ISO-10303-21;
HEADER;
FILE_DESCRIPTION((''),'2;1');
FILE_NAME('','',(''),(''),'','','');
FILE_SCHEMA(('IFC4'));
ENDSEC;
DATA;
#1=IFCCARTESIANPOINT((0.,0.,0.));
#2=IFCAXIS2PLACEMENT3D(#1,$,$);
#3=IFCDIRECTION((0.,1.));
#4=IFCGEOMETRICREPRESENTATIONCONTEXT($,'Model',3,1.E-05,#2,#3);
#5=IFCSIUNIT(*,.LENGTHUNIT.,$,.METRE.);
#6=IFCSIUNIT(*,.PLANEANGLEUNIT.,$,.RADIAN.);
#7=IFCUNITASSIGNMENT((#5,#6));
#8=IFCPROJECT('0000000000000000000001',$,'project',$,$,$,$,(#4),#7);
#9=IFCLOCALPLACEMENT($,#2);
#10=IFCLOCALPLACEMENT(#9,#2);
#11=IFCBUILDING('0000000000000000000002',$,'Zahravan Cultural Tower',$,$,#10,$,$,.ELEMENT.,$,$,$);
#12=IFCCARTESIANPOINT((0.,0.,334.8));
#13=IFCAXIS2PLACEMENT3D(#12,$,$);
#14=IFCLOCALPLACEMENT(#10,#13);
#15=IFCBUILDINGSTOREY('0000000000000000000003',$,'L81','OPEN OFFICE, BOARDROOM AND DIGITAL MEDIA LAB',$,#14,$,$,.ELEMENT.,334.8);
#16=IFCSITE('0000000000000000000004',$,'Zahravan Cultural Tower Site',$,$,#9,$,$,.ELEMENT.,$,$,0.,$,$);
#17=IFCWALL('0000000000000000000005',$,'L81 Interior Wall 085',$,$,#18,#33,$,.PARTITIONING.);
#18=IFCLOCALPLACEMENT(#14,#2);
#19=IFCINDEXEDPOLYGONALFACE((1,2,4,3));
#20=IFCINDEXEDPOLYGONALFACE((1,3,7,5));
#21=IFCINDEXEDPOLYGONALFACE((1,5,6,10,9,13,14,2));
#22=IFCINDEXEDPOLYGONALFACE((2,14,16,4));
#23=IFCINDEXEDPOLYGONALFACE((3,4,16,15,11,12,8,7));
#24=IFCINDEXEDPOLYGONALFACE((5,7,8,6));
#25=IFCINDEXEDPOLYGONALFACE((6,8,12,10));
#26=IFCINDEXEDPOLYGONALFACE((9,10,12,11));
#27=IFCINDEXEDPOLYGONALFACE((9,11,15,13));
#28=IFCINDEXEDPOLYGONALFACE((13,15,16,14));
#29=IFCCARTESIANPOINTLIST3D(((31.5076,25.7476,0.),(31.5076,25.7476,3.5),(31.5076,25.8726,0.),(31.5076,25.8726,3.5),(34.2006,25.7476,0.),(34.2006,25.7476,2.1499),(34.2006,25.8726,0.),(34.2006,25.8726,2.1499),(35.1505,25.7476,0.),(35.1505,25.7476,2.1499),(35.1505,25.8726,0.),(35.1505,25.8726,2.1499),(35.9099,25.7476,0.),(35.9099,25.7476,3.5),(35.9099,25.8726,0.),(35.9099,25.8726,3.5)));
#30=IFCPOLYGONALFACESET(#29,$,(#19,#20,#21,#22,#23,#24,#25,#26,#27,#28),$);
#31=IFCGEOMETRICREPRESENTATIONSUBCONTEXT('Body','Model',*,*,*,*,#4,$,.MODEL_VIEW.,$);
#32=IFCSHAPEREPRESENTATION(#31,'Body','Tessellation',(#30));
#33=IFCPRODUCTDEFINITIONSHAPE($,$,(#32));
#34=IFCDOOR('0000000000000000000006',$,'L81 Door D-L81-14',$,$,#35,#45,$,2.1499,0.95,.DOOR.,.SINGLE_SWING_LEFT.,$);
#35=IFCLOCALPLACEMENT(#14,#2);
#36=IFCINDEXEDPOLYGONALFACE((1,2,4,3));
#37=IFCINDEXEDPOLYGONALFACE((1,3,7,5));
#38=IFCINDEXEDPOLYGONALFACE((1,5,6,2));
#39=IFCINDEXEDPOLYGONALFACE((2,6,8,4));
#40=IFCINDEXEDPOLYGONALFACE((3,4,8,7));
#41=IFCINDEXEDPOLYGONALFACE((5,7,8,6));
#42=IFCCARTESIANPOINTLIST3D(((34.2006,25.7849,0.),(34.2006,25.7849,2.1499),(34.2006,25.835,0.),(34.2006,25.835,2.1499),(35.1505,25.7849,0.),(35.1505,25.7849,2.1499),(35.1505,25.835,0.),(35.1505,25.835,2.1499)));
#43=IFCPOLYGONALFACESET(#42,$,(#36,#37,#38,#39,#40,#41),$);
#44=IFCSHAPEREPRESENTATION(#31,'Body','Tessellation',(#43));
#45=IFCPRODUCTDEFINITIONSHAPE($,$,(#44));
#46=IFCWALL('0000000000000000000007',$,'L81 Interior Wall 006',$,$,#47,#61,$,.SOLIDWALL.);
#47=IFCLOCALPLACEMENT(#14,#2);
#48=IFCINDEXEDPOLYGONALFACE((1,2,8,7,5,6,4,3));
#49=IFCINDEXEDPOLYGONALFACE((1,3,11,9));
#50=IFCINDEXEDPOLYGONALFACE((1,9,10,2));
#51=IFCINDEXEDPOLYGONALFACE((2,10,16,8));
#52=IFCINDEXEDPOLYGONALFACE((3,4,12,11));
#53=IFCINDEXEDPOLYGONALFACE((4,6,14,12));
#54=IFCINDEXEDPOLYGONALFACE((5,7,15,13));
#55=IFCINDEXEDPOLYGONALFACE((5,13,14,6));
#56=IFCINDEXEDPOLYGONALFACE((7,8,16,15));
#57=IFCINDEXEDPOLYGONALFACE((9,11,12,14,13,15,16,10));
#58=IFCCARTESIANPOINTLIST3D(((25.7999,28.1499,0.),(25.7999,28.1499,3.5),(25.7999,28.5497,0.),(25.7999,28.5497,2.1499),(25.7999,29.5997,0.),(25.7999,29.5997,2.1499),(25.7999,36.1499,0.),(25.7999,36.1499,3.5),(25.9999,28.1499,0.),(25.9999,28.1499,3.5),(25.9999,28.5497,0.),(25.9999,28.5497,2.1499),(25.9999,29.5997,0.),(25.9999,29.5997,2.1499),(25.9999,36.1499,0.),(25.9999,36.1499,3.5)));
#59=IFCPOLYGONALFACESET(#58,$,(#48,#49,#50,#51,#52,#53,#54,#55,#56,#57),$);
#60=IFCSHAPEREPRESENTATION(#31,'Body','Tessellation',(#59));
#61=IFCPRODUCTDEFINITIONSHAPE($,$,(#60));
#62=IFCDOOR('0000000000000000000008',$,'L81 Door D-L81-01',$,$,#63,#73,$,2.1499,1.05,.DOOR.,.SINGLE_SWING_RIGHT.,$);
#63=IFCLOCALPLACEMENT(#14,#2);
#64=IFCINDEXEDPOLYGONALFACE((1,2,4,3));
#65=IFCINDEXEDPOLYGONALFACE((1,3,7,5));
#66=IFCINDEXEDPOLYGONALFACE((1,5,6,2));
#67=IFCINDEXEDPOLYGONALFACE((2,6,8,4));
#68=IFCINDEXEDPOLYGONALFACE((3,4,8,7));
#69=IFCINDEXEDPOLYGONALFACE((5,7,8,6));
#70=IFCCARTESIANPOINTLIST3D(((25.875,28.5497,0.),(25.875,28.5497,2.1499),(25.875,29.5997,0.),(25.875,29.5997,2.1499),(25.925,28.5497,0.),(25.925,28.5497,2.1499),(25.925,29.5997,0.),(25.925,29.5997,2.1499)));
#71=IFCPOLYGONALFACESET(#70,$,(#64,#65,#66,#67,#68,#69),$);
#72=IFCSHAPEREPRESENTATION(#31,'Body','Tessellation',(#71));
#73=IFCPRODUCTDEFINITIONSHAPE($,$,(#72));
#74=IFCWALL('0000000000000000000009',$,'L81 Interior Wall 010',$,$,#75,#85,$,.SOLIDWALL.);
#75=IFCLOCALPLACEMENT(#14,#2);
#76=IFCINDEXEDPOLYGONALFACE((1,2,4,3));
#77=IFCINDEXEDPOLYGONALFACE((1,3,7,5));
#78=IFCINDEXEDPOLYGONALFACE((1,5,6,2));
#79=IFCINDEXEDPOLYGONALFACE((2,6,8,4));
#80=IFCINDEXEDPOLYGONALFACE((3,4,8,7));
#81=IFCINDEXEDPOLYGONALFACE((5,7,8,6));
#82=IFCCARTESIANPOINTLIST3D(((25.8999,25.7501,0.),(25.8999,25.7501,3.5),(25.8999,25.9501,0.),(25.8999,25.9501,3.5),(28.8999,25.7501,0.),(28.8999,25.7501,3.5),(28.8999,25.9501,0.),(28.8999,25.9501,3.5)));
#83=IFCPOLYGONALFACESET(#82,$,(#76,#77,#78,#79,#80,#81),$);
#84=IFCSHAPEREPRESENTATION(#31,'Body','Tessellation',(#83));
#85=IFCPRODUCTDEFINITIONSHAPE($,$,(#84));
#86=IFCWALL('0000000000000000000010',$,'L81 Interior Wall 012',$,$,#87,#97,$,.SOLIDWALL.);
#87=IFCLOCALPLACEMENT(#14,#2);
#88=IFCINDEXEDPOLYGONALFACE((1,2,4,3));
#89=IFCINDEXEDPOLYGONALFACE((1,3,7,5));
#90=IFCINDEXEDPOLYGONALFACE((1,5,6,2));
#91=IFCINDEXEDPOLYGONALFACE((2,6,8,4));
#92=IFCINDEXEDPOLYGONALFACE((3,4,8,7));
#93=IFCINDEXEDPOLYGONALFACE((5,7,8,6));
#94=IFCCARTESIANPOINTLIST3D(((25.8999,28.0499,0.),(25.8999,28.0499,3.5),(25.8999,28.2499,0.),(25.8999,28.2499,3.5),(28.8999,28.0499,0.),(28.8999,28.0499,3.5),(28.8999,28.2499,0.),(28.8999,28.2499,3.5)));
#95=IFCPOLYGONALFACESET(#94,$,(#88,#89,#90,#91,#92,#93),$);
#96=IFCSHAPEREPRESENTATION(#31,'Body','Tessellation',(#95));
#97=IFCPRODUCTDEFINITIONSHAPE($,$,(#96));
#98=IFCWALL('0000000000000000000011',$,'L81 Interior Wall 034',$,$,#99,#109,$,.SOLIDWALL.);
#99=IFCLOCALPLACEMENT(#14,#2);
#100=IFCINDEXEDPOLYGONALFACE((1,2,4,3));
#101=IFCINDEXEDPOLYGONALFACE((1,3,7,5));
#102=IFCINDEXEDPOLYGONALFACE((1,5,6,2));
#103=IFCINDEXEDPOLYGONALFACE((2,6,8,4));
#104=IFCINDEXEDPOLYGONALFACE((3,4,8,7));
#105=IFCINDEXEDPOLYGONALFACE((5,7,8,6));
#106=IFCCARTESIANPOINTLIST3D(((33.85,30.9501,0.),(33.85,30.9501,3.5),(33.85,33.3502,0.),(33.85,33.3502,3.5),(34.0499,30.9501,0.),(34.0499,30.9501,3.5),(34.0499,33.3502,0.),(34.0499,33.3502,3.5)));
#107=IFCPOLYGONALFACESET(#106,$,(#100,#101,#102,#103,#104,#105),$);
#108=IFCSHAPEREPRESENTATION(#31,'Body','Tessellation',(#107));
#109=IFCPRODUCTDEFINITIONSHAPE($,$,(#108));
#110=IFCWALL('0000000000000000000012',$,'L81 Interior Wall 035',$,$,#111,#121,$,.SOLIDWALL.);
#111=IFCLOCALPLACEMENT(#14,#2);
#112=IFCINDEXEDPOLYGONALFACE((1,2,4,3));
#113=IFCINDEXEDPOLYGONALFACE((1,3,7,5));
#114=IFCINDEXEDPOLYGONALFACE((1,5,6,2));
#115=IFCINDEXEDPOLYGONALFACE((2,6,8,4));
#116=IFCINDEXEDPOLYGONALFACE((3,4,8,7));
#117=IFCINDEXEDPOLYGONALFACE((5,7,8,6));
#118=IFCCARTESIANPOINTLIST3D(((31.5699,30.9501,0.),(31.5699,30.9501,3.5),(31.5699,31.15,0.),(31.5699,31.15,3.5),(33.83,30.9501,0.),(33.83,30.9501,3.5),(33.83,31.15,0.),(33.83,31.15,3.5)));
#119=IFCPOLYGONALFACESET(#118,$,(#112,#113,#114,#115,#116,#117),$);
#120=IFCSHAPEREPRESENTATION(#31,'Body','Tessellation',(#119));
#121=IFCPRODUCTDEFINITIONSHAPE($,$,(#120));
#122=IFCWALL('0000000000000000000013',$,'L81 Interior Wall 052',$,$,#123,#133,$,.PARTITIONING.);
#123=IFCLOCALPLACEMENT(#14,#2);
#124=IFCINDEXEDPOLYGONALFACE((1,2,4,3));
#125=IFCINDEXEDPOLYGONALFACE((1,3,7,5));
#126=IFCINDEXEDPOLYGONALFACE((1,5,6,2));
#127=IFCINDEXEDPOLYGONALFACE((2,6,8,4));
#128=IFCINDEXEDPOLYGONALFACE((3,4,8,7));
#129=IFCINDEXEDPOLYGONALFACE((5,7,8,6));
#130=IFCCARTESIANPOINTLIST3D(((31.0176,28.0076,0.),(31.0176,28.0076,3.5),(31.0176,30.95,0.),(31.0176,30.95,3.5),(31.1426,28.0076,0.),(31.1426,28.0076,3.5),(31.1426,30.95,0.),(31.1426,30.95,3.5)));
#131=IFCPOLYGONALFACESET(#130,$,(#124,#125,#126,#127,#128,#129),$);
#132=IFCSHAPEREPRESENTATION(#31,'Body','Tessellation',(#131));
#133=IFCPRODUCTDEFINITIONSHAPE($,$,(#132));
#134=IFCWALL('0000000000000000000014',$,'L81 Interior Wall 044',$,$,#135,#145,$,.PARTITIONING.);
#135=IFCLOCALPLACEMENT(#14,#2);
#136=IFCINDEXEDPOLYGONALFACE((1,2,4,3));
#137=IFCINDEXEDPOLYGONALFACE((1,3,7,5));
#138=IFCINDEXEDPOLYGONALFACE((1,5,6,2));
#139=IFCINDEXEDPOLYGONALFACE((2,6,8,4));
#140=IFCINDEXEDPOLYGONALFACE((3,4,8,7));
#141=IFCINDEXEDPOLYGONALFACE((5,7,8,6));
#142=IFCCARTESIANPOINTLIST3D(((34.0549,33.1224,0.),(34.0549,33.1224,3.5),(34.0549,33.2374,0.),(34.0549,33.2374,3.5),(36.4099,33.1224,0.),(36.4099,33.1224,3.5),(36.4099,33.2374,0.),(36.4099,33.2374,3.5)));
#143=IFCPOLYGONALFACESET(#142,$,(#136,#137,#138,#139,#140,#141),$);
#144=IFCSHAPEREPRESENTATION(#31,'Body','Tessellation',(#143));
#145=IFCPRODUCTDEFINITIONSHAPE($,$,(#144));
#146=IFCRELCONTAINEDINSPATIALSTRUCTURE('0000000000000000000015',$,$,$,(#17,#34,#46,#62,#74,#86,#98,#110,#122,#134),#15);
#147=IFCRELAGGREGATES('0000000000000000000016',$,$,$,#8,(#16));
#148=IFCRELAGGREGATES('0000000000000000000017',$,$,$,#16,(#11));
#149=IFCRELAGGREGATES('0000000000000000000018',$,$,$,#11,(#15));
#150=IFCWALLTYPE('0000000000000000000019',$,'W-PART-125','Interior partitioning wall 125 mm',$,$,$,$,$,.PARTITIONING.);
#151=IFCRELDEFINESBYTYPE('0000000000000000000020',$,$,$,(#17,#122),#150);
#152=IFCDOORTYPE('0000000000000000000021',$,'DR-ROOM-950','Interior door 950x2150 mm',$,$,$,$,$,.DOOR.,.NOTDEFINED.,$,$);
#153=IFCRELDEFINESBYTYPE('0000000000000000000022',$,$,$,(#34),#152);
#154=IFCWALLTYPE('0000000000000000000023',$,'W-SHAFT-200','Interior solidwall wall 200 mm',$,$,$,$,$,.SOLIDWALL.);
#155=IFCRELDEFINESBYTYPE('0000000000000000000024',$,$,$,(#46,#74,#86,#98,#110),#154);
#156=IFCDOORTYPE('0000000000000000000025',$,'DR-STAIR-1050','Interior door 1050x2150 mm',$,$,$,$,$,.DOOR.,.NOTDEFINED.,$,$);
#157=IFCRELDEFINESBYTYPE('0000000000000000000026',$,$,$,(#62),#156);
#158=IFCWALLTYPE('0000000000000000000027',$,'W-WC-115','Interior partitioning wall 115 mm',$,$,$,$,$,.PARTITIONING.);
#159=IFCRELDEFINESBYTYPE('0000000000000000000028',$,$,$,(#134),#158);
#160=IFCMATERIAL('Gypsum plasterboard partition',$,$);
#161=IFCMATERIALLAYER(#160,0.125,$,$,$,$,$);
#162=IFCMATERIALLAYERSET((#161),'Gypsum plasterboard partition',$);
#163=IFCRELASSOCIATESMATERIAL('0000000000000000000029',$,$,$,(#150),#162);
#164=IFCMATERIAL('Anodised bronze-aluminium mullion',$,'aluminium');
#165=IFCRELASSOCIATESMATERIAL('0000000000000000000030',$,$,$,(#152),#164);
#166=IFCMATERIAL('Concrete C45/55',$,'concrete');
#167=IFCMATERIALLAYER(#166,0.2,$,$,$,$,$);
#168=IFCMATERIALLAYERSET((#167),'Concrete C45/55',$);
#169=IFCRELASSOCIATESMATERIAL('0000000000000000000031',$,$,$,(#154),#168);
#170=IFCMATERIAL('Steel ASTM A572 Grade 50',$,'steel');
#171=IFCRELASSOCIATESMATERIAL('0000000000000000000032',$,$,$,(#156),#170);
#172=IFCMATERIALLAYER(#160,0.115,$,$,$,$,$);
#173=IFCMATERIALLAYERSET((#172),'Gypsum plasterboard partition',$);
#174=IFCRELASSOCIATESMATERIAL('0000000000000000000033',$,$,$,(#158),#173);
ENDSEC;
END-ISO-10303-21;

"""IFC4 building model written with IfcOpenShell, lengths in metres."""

from ifc_helpers import new_model, si_unit, direction, frame, frame_2d, origin, place, context, subcontext, project, spatial, rectangle, extrude, source, transform, mapped, material, layer, layer_set, type_object, element, fill, save


model = new_model("IFC4")

# Units and contexts
model_context = context("Model", 3, precision=1e-05, world=origin(), true_north=direction((0.0, 1.0)))
body_context = subcontext(model_context, "Body", "Model", "MODEL_VIEW")
ifc_project = project(units=[si_unit("LENGTHUNIT", "METRE"), si_unit("PLANEANGLEUNIT", "RADIAN")], contexts=[model_context])

# Site, building, storey
site_placement = place(None, origin())
site = spatial("IfcSite", under=ifc_project, at=site_placement, Name="Zahravan Cultural Tower Site", CompositionType="ELEMENT", RefElevation=0.0)
building_placement = place(site_placement, origin())
building = spatial("IfcBuilding", under=site, at=building_placement, Name="Zahravan Cultural Tower", CompositionType="ELEMENT")
storey_placement = place(building_placement, frame((0.0, 0.0, 334.8)))
storey = spatial("IfcBuildingStorey", under=building, at=storey_placement, Name="L81", Description="OPEN OFFICE, BOARDROOM AND DIGITAL MEDIA LAB", CompositionType="ELEMENT", Elevation=334.8)

# Walls, openings, doors
ifc_material_1 = material(Name="Steel ASTM A572 Grade 50", Category="steel")
ifc_material_2 = material(Name="Gypsum plasterboard partition")
ifc_layer_1 = layer(ifc_material_2, 0.125)
ifc_layer_set_1 = layer_set([ifc_layer_1], Name="Gypsum plasterboard partition")
wall_type_1 = type_object("IfcWallType", Name="W-PART-125", Description="Interior partitioning wall 125 mm", PredefinedType="PARTITIONING", material=ifc_layer_set_1)
ifc_material_3 = material(Name="Anodised bronze-aluminium mullion", Category="aluminium")
door_type_1 = type_object("IfcDoorType", Name="DR-ROOM-950", Description="Interior door 950x2150 mm", OperationType="NOTDEFINED", PredefinedType="DOOR", material=ifc_material_3)
shared_shape_1 = source(origin(), body_context, "Body", "SweptSolid", [
    extrude(rectangle(XDim=0.95, YDim=2.1499, at=frame_2d((0.4751, 1.075))), frame((0.0, 0.0249, 0.0), z_axis=(0.0, -1.0, 0.0), x_axis=(1.0, 0.0, 0.0)), (0.0, 0.0, 1.0), 0.05),
])
wall_1_placement = place(storey_placement, frame((31.5076, 25.8101, 0.0), z_axis=(0.0, 0.0, 1.0), x_axis=(1.0, 0.0, 0.0)))
wall_1 = element("IfcWall", 1, at=wall_1_placement, inside=storey, type_object=wall_type_1, Name="L81 Interior Wall 085", PredefinedType="PARTITIONING", context=body_context, shape_type="SweptSolid", body=[
    extrude(rectangle(XDim=4.4023, YDim=0.125, at=frame_2d((2.2012, 0.0))), origin(), (0.0, 0.0, 1.0), 3.5),
])
opening_1_placement = place(wall_1_placement, frame((2.6929, 0.0, 0.0)))
opening_1 = element("IfcOpeningElement", 2, at=opening_1_placement, cuts=wall_1, PredefinedType="OPENING", context=body_context, shape_type="SweptSolid", body=[
    extrude(rectangle(XDim=0.95, YDim=2.1499, at=frame_2d((0.4751, 1.075))), frame((0.0, 0.0725, 0.0), z_axis=(0.0, -1.0, 0.0), x_axis=(1.0, 0.0, 0.0)), (0.0, 0.0, 1.0), 0.145),
])
door_1_placement = place(opening_1_placement, origin())
door_1 = element("IfcDoor", 3, at=door_1_placement, inside=storey, type_object=door_type_1, Name="L81 Door D-L81-14", OperationType="SINGLE_SWING_LEFT", OverallHeight=2.1499, OverallWidth=0.95, PredefinedType="DOOR", context=body_context, shape_type="MappedRepresentation", body=[
    mapped(shared_shape_1, transform((0.0, 0.0, 0.0), x_axis=(1.0, 0.0, 0.0), y_axis=(0.0, 1.0, 0.0), z_axis=(0.0, 0.0, 1.0), scale=1.0)),
])
fill(opening_1, door_1)
ifc_material_4 = material(Name="Concrete C45/55", Category="concrete")
ifc_layer_2 = layer(ifc_material_4, 0.2)
ifc_layer_set_2 = layer_set([ifc_layer_2], Name="Concrete C45/55")
wall_type_2 = type_object("IfcWallType", Name="W-SHAFT-200", Description="Interior solidwall wall 200 mm", PredefinedType="SOLIDWALL", material=ifc_layer_set_2)
wall_2_placement = place(storey_placement, frame((25.8999, 28.1499, 0.0), z_axis=(0.0, 0.0, 1.0), x_axis=(0.0, 1.0, 0.0)))
wall_2 = element("IfcWall", 4, at=wall_2_placement, inside=storey, type_object=wall_type_2, Name="L81 Interior Wall 006", PredefinedType="SOLIDWALL", context=body_context, shape_type="SweptSolid", body=[
    extrude(rectangle(XDim=8.0, YDim=0.2, at=frame_2d((4.0, 0.0))), origin(), (0.0, 0.0, 1.0), 3.5),
])
opening_2_placement = place(wall_2_placement, frame((0.3999, 0.0, 0.0)))
opening_2 = element("IfcOpeningElement", 5, at=opening_2_placement, cuts=wall_2, PredefinedType="OPENING", context=body_context, shape_type="SweptSolid", body=[
    extrude(rectangle(XDim=1.05, YDim=2.1499, at=frame_2d((0.5249, 1.075))), frame((0.0, 0.1099, 0.0), z_axis=(0.0, -1.0, 0.0), x_axis=(1.0, 0.0, 0.0)), (0.0, 0.0, 1.0), 0.22),
])
door_type_2 = type_object("IfcDoorType", Name="DR-STAIR-1050", Description="Interior door 1050x2150 mm", OperationType="NOTDEFINED", PredefinedType="DOOR", material=ifc_material_1)
shared_shape_2 = source(origin(), body_context, "Body", "SweptSolid", [
    extrude(rectangle(XDim=1.05, YDim=2.1499, at=frame_2d((0.5249, 1.075))), frame((0.0, 0.0249, 0.0), z_axis=(0.0, -1.0, 0.0), x_axis=(1.0, 0.0, 0.0)), (0.0, 0.0, 1.0), 0.05),
])
door_2_placement = place(opening_2_placement, origin())
door_2 = element("IfcDoor", 6, at=door_2_placement, inside=storey, type_object=door_type_2, Name="L81 Door D-L81-01", OperationType="SINGLE_SWING_RIGHT", OverallHeight=2.1499, OverallWidth=1.05, PredefinedType="DOOR", context=body_context, shape_type="MappedRepresentation", body=[
    mapped(shared_shape_2, transform((0.0, 0.0, 0.0), x_axis=(1.0, 0.0, 0.0), y_axis=(0.0, 1.0, 0.0), z_axis=(0.0, 0.0, 1.0), scale=1.0)),
])
fill(opening_2, door_2)

# Walls
shared_shape_3 = source(origin(), body_context, "Body", "SweptSolid", [
    extrude(rectangle(XDim=3.0, YDim=0.2, at=frame_2d((1.5, 0.0))), origin(), (0.0, 0.0, 1.0), 3.5),
])
for number, where, z_axis, x_axis, name in (
    (7, (25.8999, 25.8501, 0.0), (0.0, 0.0, 1.0), (1.0, 0.0, 0.0), "L81 Interior Wall 010"),
    (8, (25.8999, 28.1499, 0.0), (0.0, 0.0, 1.0), (1.0, 0.0, 0.0), "L81 Interior Wall 012"),
):
    element("IfcWall", number, at=place(storey_placement, frame(where, z_axis=z_axis, x_axis=x_axis)), inside=storey, type_object=wall_type_2, Name=name, PredefinedType="SOLIDWALL", context=body_context, shape_type="MappedRepresentation", body=[
        mapped(shared_shape_3, transform((0.0, 0.0, 0.0), x_axis=(1.0, 0.0, 0.0), y_axis=(0.0, 1.0, 0.0), z_axis=(0.0, 0.0, 1.0), scale=1.0)),
    ])
shared_shape_4 = source(origin(), body_context, "Body", "SweptSolid", [
    extrude(rectangle(XDim=2.4001, YDim=0.2, at=frame_2d((1.2002, 0.0))), origin(), (0.0, 0.0, 1.0), 3.5),
])
wall_3_placement = place(storey_placement, frame((33.95, 30.95, 0.0), z_axis=(0.0, 0.0, 1.0), x_axis=(0.0, 1.0, 0.0)))
element("IfcWall", 9, at=wall_3_placement, inside=storey, type_object=wall_type_2, Name="L81 Interior Wall 034", PredefinedType="SOLIDWALL", context=body_context, shape_type="MappedRepresentation", body=[
    mapped(shared_shape_4, transform((0.0, 0.0, 0.0), x_axis=(1.0, 0.0, 0.0), y_axis=(0.0, 1.0, 0.0), z_axis=(0.0, 0.0, 1.0), scale=1.0)),
])
shared_shape_5 = source(origin(), body_context, "Body", "SweptSolid", [
    extrude(rectangle(XDim=2.26, YDim=0.2, at=frame_2d((1.1299, 0.0))), origin(), (0.0, 0.0, 1.0), 3.5),
])
wall_4_placement = place(storey_placement, frame((31.5701, 31.05, 0.0), z_axis=(0.0, 0.0, 1.0), x_axis=(1.0, 0.0, 0.0)))
element("IfcWall", 10, at=wall_4_placement, inside=storey, type_object=wall_type_2, Name="L81 Interior Wall 035", PredefinedType="SOLIDWALL", context=body_context, shape_type="MappedRepresentation", body=[
    mapped(shared_shape_5, transform((0.0, 0.0, 0.0), x_axis=(1.0, 0.0, 0.0), y_axis=(0.0, 1.0, 0.0), z_axis=(0.0, 0.0, 1.0), scale=1.0)),
])
shared_shape_6 = source(origin(), body_context, "Body", "SweptSolid", [
    extrude(rectangle(XDim=2.9424, YDim=0.125, at=frame_2d((1.4712, 0.0))), origin(), (0.0, 0.0, 1.0), 3.5),
])
wall_5_placement = place(storey_placement, frame((31.0801, 28.0076, 0.0), z_axis=(0.0, 0.0, 1.0), x_axis=(0.0, 1.0, 0.0)))
element("IfcWall", 11, at=wall_5_placement, inside=storey, type_object=wall_type_1, Name="L81 Interior Wall 052", PredefinedType="PARTITIONING", context=body_context, shape_type="MappedRepresentation", body=[
    mapped(shared_shape_6, transform((0.0, 0.0, 0.0), x_axis=(1.0, 0.0, 0.0), y_axis=(0.0, 1.0, 0.0), z_axis=(0.0, 0.0, 1.0), scale=1.0)),
])
ifc_layer_3 = layer(ifc_material_2, 0.115)
ifc_layer_set_3 = layer_set([ifc_layer_3], Name="Gypsum plasterboard partition")
wall_type_3 = type_object("IfcWallType", Name="W-WC-115", Description="Interior partitioning wall 115 mm", PredefinedType="PARTITIONING", material=ifc_layer_set_3)
shared_shape_7 = source(origin(), body_context, "Body", "SweptSolid", [
    extrude(rectangle(XDim=2.355, YDim=0.115, at=frame_2d((1.1775, 0.0))), origin(), (0.0, 0.0, 1.0), 3.5),
])
wall_6_placement = place(storey_placement, frame((34.0549, 33.1799, 0.0), z_axis=(0.0, 0.0, 1.0), x_axis=(1.0, 0.0, 0.0)))
element("IfcWall", 12, at=wall_6_placement, inside=storey, type_object=wall_type_3, Name="L81 Interior Wall 044", PredefinedType="PARTITIONING", context=body_context, shape_type="MappedRepresentation", body=[
    mapped(shared_shape_7, transform((0.0, 0.0, 0.0), x_axis=(1.0, 0.0, 0.0), y_axis=(0.0, 1.0, 0.0), z_axis=(0.0, 0.0, 1.0), scale=1.0)),
])

save(model, "model.ifc")
